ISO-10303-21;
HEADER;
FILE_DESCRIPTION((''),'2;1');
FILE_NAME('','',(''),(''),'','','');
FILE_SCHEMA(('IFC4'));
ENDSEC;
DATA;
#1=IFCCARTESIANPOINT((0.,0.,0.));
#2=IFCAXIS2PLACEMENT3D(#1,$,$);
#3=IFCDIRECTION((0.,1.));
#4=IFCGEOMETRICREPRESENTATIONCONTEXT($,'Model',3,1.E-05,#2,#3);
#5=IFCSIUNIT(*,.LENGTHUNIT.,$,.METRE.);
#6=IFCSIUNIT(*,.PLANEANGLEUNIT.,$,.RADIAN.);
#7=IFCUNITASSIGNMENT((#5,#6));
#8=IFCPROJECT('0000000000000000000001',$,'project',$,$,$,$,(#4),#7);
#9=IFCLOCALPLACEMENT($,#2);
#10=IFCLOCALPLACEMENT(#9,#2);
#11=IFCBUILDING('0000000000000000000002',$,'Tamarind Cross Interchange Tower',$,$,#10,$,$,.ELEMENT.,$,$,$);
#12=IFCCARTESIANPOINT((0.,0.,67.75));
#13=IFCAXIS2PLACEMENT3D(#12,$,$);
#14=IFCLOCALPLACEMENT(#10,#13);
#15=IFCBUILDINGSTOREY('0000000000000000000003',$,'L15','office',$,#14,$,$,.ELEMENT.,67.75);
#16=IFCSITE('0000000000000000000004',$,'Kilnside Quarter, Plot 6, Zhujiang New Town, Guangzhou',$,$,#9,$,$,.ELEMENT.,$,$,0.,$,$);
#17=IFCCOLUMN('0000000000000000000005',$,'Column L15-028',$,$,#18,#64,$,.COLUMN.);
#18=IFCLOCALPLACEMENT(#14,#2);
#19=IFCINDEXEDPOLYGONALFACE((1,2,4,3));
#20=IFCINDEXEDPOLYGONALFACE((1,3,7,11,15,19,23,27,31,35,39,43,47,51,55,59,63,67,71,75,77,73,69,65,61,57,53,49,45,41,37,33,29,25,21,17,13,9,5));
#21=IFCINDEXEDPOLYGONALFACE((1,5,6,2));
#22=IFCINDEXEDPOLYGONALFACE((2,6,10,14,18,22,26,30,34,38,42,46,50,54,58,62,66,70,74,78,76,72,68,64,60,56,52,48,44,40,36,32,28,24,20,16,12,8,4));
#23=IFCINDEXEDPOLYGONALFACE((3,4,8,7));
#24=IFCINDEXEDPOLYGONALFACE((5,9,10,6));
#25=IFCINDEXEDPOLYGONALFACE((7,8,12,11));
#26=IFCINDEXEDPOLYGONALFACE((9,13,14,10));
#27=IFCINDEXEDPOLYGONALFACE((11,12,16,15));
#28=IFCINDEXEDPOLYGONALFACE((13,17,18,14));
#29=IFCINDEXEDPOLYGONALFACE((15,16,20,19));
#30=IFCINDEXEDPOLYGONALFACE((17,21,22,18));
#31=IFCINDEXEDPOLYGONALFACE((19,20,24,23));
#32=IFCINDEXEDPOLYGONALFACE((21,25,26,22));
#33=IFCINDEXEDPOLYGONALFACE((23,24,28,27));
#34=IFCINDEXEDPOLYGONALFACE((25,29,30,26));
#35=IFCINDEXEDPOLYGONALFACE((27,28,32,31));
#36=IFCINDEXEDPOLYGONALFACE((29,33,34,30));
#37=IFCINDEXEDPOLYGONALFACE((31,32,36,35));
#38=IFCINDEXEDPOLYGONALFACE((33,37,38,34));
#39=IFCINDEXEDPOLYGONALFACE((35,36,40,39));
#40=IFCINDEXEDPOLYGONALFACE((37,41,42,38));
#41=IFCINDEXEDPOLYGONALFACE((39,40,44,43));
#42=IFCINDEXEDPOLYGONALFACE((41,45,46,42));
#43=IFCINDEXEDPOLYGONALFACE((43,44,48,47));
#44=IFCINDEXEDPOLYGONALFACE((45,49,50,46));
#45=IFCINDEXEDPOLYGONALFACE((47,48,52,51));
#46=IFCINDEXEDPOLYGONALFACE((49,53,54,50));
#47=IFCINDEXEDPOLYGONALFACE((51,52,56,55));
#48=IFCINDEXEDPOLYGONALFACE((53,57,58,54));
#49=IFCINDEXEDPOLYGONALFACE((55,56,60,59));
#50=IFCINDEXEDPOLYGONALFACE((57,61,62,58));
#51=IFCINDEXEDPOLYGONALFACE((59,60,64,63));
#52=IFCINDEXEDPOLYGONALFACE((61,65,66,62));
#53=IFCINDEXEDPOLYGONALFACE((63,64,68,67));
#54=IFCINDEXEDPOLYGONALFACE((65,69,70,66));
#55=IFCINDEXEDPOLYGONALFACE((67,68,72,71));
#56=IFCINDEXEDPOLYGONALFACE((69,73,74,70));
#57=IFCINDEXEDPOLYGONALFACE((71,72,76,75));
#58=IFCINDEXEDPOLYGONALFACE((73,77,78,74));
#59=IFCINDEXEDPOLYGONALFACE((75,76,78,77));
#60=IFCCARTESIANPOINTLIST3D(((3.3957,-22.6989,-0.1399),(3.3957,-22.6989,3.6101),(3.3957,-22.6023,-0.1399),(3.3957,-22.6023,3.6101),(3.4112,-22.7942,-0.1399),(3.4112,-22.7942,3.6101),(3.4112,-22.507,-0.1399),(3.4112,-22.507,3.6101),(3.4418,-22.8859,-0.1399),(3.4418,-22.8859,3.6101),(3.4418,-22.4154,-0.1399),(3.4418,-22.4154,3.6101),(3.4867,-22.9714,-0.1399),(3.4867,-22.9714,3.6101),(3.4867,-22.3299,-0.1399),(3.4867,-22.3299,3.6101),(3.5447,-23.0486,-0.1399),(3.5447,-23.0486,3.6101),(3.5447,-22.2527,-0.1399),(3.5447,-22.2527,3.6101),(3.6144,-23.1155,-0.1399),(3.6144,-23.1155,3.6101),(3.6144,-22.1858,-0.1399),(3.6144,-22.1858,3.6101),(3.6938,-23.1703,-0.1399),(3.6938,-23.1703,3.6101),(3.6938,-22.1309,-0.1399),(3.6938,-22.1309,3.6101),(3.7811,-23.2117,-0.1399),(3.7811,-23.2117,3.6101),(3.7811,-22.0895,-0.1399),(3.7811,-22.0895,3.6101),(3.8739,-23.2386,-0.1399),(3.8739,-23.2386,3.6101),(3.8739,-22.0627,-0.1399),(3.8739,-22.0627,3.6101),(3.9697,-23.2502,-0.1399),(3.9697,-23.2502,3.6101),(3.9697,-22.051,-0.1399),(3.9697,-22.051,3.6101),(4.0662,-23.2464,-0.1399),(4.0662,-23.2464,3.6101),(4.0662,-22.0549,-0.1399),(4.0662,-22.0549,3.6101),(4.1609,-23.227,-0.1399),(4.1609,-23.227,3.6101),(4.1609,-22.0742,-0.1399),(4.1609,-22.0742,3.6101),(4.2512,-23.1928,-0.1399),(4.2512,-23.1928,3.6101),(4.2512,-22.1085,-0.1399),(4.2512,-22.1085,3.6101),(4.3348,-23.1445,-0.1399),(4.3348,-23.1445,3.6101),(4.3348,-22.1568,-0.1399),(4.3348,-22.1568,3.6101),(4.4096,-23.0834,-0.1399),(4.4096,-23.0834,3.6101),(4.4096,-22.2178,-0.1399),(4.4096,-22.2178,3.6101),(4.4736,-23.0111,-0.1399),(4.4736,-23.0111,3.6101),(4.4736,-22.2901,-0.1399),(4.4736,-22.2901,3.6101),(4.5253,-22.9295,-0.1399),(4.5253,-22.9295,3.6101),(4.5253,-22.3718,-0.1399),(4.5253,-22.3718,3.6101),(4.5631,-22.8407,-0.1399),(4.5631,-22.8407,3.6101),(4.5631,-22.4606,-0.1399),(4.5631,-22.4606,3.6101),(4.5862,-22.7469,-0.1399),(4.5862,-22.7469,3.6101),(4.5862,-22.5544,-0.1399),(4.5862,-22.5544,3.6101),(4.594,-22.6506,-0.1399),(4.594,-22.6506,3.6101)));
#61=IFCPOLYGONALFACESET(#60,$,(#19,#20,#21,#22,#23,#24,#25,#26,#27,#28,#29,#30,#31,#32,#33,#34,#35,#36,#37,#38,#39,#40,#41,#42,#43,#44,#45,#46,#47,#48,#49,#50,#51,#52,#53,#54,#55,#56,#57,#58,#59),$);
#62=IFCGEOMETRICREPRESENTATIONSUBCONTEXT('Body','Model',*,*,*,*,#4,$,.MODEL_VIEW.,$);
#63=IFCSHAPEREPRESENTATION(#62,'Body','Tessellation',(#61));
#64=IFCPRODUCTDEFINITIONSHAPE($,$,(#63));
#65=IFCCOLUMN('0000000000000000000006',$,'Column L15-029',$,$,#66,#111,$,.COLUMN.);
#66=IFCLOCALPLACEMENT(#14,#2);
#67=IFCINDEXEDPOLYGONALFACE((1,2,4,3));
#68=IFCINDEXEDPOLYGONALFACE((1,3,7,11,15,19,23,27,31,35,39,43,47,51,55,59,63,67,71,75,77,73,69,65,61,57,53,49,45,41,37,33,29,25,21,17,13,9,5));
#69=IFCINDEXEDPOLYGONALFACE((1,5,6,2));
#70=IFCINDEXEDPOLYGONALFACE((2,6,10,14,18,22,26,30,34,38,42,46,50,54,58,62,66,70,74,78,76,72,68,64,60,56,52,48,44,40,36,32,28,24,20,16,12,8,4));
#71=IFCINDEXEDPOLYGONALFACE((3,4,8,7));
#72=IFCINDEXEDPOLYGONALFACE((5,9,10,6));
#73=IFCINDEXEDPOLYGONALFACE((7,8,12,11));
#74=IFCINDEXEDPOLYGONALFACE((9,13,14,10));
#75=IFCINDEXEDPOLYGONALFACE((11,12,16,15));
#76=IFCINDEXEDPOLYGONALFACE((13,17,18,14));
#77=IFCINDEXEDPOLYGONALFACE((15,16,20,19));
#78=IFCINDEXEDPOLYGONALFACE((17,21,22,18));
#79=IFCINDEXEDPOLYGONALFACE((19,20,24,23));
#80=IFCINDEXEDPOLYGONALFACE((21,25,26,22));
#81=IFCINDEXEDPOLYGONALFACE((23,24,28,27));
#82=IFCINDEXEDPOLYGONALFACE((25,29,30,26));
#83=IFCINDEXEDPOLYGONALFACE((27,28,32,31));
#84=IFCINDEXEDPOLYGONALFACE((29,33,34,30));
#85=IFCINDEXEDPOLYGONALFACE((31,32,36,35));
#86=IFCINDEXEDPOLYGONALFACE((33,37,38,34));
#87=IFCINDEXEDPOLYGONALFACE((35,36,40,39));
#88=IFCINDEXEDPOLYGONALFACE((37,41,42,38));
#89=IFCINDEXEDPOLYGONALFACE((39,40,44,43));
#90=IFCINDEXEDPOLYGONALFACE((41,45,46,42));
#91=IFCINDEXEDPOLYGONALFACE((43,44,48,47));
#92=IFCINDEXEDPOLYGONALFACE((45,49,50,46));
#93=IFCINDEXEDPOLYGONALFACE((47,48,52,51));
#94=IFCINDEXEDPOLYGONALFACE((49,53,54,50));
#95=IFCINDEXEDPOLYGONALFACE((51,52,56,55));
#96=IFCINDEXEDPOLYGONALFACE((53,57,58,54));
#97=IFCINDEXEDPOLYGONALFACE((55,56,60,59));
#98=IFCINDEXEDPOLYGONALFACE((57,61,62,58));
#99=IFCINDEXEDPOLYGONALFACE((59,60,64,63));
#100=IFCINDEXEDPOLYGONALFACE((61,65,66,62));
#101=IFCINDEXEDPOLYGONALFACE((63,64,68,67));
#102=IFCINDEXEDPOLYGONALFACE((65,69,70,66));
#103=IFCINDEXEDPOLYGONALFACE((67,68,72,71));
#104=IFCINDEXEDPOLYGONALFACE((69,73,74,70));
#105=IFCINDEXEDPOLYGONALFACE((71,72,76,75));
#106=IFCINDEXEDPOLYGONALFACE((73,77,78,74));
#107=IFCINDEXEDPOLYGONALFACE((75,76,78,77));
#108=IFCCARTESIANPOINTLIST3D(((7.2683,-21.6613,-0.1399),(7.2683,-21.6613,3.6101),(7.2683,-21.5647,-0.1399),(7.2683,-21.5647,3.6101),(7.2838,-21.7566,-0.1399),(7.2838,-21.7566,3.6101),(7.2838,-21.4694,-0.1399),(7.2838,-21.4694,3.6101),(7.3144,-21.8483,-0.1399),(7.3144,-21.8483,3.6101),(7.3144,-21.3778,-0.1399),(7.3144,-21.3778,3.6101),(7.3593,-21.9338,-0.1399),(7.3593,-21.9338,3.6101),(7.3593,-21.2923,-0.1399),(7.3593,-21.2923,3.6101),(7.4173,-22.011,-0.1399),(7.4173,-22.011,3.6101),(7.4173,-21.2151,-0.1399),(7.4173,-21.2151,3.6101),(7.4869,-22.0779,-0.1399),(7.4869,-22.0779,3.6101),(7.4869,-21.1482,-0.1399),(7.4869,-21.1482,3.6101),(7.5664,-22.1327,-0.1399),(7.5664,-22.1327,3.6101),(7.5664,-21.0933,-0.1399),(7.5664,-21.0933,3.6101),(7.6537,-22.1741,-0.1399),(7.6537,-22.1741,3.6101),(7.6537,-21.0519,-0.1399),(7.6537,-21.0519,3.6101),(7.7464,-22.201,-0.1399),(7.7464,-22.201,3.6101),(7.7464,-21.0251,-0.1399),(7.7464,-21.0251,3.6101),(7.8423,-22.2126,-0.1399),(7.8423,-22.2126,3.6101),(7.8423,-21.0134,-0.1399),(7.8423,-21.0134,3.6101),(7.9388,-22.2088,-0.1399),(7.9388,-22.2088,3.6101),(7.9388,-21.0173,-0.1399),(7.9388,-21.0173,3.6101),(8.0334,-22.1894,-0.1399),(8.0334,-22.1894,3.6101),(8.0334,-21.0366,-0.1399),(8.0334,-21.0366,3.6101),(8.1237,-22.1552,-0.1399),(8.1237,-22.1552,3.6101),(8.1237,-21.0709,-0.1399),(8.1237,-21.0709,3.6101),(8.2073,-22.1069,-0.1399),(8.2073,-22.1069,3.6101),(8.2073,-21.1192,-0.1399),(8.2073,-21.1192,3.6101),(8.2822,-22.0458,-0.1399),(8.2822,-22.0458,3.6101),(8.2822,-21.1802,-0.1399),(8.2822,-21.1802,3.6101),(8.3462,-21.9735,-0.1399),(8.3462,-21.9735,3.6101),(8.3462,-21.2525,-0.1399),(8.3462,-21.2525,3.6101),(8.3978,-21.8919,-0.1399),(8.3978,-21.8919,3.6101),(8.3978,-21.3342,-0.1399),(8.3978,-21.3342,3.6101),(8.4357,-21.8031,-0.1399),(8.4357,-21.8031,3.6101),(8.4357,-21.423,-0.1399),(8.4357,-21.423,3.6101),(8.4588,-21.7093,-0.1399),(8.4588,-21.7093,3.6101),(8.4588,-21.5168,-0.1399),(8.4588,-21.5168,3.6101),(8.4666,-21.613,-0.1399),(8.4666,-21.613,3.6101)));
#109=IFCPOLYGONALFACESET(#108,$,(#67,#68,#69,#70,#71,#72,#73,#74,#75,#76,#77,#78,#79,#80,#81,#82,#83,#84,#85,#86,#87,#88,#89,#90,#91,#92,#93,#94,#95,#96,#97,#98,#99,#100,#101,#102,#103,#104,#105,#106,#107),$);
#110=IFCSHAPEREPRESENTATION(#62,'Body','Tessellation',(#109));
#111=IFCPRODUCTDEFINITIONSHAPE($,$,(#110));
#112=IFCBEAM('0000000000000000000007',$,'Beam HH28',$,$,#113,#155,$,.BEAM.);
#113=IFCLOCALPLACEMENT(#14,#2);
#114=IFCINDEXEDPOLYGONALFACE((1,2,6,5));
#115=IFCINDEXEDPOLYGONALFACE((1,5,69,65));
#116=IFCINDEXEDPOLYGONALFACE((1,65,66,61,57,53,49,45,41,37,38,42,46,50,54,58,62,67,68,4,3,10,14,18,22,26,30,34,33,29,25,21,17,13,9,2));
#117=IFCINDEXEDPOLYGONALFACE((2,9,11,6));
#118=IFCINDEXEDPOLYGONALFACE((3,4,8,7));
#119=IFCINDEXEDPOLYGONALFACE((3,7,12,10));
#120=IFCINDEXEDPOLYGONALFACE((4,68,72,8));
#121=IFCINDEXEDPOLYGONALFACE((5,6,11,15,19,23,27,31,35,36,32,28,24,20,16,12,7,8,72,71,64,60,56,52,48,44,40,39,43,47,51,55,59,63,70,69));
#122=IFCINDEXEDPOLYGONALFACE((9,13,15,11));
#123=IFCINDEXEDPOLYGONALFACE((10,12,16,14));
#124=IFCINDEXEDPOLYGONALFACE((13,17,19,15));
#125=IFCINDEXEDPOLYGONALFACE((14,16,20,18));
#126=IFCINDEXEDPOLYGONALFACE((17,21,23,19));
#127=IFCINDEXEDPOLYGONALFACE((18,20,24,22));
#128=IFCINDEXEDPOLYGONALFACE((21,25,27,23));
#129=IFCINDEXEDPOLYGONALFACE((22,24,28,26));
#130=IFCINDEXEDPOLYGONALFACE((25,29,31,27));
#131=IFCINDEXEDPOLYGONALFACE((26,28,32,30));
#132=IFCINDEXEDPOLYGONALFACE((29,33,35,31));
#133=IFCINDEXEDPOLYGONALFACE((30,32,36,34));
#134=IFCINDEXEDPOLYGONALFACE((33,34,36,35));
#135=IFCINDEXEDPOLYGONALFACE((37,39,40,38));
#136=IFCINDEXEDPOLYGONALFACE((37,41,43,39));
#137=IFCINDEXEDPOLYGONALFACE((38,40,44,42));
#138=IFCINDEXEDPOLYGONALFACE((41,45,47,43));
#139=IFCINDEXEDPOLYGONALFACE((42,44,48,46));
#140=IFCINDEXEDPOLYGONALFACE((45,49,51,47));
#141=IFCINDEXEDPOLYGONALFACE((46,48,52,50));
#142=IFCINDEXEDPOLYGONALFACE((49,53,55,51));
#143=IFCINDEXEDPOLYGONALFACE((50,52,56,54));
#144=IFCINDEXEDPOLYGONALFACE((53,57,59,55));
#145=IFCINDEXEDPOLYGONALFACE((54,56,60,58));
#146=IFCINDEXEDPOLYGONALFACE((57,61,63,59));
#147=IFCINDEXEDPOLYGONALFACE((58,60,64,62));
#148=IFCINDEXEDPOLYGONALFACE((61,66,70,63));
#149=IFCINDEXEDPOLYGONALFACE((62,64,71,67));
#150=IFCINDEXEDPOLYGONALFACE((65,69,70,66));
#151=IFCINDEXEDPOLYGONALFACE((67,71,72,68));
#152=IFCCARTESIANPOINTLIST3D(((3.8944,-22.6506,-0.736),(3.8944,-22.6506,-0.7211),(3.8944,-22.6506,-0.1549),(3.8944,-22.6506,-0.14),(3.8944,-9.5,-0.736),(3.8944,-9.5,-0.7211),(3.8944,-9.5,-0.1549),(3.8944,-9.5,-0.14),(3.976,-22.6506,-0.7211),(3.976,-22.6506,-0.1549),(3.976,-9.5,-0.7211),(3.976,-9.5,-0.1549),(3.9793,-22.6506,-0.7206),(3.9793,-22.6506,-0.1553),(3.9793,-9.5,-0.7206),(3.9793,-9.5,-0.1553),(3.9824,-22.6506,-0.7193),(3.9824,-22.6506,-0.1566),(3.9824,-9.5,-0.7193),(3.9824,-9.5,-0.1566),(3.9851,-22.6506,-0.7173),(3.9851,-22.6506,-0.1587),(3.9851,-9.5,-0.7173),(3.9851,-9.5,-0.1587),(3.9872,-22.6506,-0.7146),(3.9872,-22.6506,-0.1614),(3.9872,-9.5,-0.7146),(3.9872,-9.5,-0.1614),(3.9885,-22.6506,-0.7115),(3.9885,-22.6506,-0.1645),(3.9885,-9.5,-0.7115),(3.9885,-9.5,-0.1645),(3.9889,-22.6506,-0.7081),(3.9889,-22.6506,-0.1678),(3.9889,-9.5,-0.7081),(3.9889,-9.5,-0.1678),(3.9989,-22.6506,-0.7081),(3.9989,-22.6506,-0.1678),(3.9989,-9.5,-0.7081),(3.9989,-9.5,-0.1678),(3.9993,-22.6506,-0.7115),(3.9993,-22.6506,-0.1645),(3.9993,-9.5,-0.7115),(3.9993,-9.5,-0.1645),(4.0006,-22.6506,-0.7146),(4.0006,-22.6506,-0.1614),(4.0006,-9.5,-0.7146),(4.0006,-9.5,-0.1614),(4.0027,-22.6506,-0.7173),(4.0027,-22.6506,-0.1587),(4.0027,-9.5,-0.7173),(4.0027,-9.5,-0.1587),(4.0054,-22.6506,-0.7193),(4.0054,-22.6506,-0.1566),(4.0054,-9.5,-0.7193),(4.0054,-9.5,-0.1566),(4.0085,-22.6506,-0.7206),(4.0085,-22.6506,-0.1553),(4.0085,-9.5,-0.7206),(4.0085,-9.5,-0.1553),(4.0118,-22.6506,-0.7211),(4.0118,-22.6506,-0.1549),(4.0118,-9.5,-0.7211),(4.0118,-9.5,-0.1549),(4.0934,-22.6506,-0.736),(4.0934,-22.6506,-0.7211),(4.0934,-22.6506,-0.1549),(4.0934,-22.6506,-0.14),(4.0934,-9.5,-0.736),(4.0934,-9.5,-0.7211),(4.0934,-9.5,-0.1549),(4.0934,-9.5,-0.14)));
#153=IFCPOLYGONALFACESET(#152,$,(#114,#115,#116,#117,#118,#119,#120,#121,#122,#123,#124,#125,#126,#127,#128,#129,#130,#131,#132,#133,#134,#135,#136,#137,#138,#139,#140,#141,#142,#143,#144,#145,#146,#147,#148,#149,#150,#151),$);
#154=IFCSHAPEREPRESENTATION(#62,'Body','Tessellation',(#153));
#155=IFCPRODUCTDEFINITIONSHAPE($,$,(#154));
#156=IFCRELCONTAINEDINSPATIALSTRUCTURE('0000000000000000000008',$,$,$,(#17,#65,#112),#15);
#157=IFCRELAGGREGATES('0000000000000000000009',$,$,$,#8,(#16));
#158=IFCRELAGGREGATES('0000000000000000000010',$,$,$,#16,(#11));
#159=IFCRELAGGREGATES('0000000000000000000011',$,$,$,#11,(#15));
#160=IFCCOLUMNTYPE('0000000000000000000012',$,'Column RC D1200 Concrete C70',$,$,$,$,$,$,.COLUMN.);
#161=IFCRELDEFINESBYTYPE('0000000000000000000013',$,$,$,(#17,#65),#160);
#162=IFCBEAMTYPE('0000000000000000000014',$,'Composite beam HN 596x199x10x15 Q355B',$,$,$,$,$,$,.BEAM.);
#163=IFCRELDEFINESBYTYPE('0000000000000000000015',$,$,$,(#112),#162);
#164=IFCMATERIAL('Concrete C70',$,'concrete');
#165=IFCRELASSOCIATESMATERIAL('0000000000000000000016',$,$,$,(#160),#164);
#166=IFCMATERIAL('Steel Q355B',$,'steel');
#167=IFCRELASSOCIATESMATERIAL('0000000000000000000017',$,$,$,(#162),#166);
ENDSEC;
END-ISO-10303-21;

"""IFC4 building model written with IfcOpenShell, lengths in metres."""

from ifc_helpers import new_model, si_unit, direction, frame, origin, origin_2d, place, context, subcontext, project, spatial, circle, i_section, extrude, material, material_profile, profile_set, type_object, element, save


model = new_model("IFC4")

# Units and contexts
model_context = context("Model", 3, precision=1e-05, world=origin(), true_north=direction((0.0, 1.0)))
body_context = subcontext(model_context, "Body", "Model", "MODEL_VIEW")
ifc_project = project(units=[si_unit("LENGTHUNIT", "METRE"), si_unit("PLANEANGLEUNIT", "RADIAN")], contexts=[model_context])

# Site, building, storey
site_placement = place(None, origin())
site = spatial("IfcSite", under=ifc_project, at=site_placement, Name="Kilnside Quarter, Plot 6, Zhujiang New Town, Guangzhou", CompositionType="ELEMENT", RefElevation=0.0)
building_placement = place(site_placement, origin())
building = spatial("IfcBuilding", under=site, at=building_placement, Name="Tamarind Cross Interchange Tower", CompositionType="ELEMENT")
storey_placement = place(building_placement, frame((0.0, 0.0, 67.75)))
storey = spatial("IfcBuildingStorey", under=building, at=storey_placement, Name="L15", Description="office", CompositionType="ELEMENT", Elevation=67.75)

# Columns
ifc_material_1 = material(Name="Concrete C70", Category="concrete")
ifc_material_profile_1 = material_profile(ifc_material_1, circle(Radius=0.6001, at=origin_2d()), Name="RC D1200")
ifc_profile_set_1 = profile_set([ifc_material_profile_1], Name="Concrete C70")
column_type = type_object("IfcColumnType", Name="Column RC D1200 Concrete C70", PredefinedType="COLUMN", material=ifc_profile_set_1)
for number, where, z_axis, x_axis, name in (
    (1, (3.9939, -22.6506, -0.1399), (0.0, 0.0, 1.0), (1.0, 0.0, 0.0), "Column L15-028"),
    (2, (7.8665, -21.613, -0.1399), (0.0, 0.0, 1.0), (1.0, 0.0, 0.0), "Column L15-029"),
):
    element("IfcColumn", number, at=place(storey_placement, frame(where, z_axis=z_axis, x_axis=x_axis)), inside=storey, type_object=column_type, Name=name, PredefinedType="COLUMN", context=body_context, shape_type="SweptSolid", body=[
        extrude(circle(Radius=0.6001, at=origin_2d()), origin(), (0.0, 0.0, 1.0), 3.75),
    ])

# Beam
ifc_material_2 = material(Name="Steel Q355B", Category="steel")
ifc_material_profile_2 = material_profile(ifc_material_2, i_section(OverallWidth=0.199, OverallDepth=0.5959, WebThickness=0.01, FlangeThickness=0.0149, FilletRadius=0.0129, at=origin_2d()), Name="HN 596x199x10x15")
ifc_profile_set_2 = profile_set([ifc_material_profile_2], Name="Steel Q355B")
beam_type = type_object("IfcBeamType", Name="Composite beam HN 596x199x10x15 Q355B", PredefinedType="BEAM", material=ifc_profile_set_2)
beam_placement = place(storey_placement, frame((3.9939, -22.6506, -0.438), z_axis=(0.0, 1.0, 0.0), x_axis=(-1.0, 0.0, 0.0)))
element("IfcBeam", 3, at=beam_placement, inside=storey, type_object=beam_type, Name="Beam HH28", PredefinedType="BEAM", context=body_context, shape_type="SweptSolid", body=[
    extrude(i_section(OverallWidth=0.199, OverallDepth=0.5959, WebThickness=0.01, FlangeThickness=0.0149, FilletRadius=0.0129, at=origin_2d()), origin(), (0.0, 0.0, 1.0), 13.1506),
])

save(model, "model.ifc")
